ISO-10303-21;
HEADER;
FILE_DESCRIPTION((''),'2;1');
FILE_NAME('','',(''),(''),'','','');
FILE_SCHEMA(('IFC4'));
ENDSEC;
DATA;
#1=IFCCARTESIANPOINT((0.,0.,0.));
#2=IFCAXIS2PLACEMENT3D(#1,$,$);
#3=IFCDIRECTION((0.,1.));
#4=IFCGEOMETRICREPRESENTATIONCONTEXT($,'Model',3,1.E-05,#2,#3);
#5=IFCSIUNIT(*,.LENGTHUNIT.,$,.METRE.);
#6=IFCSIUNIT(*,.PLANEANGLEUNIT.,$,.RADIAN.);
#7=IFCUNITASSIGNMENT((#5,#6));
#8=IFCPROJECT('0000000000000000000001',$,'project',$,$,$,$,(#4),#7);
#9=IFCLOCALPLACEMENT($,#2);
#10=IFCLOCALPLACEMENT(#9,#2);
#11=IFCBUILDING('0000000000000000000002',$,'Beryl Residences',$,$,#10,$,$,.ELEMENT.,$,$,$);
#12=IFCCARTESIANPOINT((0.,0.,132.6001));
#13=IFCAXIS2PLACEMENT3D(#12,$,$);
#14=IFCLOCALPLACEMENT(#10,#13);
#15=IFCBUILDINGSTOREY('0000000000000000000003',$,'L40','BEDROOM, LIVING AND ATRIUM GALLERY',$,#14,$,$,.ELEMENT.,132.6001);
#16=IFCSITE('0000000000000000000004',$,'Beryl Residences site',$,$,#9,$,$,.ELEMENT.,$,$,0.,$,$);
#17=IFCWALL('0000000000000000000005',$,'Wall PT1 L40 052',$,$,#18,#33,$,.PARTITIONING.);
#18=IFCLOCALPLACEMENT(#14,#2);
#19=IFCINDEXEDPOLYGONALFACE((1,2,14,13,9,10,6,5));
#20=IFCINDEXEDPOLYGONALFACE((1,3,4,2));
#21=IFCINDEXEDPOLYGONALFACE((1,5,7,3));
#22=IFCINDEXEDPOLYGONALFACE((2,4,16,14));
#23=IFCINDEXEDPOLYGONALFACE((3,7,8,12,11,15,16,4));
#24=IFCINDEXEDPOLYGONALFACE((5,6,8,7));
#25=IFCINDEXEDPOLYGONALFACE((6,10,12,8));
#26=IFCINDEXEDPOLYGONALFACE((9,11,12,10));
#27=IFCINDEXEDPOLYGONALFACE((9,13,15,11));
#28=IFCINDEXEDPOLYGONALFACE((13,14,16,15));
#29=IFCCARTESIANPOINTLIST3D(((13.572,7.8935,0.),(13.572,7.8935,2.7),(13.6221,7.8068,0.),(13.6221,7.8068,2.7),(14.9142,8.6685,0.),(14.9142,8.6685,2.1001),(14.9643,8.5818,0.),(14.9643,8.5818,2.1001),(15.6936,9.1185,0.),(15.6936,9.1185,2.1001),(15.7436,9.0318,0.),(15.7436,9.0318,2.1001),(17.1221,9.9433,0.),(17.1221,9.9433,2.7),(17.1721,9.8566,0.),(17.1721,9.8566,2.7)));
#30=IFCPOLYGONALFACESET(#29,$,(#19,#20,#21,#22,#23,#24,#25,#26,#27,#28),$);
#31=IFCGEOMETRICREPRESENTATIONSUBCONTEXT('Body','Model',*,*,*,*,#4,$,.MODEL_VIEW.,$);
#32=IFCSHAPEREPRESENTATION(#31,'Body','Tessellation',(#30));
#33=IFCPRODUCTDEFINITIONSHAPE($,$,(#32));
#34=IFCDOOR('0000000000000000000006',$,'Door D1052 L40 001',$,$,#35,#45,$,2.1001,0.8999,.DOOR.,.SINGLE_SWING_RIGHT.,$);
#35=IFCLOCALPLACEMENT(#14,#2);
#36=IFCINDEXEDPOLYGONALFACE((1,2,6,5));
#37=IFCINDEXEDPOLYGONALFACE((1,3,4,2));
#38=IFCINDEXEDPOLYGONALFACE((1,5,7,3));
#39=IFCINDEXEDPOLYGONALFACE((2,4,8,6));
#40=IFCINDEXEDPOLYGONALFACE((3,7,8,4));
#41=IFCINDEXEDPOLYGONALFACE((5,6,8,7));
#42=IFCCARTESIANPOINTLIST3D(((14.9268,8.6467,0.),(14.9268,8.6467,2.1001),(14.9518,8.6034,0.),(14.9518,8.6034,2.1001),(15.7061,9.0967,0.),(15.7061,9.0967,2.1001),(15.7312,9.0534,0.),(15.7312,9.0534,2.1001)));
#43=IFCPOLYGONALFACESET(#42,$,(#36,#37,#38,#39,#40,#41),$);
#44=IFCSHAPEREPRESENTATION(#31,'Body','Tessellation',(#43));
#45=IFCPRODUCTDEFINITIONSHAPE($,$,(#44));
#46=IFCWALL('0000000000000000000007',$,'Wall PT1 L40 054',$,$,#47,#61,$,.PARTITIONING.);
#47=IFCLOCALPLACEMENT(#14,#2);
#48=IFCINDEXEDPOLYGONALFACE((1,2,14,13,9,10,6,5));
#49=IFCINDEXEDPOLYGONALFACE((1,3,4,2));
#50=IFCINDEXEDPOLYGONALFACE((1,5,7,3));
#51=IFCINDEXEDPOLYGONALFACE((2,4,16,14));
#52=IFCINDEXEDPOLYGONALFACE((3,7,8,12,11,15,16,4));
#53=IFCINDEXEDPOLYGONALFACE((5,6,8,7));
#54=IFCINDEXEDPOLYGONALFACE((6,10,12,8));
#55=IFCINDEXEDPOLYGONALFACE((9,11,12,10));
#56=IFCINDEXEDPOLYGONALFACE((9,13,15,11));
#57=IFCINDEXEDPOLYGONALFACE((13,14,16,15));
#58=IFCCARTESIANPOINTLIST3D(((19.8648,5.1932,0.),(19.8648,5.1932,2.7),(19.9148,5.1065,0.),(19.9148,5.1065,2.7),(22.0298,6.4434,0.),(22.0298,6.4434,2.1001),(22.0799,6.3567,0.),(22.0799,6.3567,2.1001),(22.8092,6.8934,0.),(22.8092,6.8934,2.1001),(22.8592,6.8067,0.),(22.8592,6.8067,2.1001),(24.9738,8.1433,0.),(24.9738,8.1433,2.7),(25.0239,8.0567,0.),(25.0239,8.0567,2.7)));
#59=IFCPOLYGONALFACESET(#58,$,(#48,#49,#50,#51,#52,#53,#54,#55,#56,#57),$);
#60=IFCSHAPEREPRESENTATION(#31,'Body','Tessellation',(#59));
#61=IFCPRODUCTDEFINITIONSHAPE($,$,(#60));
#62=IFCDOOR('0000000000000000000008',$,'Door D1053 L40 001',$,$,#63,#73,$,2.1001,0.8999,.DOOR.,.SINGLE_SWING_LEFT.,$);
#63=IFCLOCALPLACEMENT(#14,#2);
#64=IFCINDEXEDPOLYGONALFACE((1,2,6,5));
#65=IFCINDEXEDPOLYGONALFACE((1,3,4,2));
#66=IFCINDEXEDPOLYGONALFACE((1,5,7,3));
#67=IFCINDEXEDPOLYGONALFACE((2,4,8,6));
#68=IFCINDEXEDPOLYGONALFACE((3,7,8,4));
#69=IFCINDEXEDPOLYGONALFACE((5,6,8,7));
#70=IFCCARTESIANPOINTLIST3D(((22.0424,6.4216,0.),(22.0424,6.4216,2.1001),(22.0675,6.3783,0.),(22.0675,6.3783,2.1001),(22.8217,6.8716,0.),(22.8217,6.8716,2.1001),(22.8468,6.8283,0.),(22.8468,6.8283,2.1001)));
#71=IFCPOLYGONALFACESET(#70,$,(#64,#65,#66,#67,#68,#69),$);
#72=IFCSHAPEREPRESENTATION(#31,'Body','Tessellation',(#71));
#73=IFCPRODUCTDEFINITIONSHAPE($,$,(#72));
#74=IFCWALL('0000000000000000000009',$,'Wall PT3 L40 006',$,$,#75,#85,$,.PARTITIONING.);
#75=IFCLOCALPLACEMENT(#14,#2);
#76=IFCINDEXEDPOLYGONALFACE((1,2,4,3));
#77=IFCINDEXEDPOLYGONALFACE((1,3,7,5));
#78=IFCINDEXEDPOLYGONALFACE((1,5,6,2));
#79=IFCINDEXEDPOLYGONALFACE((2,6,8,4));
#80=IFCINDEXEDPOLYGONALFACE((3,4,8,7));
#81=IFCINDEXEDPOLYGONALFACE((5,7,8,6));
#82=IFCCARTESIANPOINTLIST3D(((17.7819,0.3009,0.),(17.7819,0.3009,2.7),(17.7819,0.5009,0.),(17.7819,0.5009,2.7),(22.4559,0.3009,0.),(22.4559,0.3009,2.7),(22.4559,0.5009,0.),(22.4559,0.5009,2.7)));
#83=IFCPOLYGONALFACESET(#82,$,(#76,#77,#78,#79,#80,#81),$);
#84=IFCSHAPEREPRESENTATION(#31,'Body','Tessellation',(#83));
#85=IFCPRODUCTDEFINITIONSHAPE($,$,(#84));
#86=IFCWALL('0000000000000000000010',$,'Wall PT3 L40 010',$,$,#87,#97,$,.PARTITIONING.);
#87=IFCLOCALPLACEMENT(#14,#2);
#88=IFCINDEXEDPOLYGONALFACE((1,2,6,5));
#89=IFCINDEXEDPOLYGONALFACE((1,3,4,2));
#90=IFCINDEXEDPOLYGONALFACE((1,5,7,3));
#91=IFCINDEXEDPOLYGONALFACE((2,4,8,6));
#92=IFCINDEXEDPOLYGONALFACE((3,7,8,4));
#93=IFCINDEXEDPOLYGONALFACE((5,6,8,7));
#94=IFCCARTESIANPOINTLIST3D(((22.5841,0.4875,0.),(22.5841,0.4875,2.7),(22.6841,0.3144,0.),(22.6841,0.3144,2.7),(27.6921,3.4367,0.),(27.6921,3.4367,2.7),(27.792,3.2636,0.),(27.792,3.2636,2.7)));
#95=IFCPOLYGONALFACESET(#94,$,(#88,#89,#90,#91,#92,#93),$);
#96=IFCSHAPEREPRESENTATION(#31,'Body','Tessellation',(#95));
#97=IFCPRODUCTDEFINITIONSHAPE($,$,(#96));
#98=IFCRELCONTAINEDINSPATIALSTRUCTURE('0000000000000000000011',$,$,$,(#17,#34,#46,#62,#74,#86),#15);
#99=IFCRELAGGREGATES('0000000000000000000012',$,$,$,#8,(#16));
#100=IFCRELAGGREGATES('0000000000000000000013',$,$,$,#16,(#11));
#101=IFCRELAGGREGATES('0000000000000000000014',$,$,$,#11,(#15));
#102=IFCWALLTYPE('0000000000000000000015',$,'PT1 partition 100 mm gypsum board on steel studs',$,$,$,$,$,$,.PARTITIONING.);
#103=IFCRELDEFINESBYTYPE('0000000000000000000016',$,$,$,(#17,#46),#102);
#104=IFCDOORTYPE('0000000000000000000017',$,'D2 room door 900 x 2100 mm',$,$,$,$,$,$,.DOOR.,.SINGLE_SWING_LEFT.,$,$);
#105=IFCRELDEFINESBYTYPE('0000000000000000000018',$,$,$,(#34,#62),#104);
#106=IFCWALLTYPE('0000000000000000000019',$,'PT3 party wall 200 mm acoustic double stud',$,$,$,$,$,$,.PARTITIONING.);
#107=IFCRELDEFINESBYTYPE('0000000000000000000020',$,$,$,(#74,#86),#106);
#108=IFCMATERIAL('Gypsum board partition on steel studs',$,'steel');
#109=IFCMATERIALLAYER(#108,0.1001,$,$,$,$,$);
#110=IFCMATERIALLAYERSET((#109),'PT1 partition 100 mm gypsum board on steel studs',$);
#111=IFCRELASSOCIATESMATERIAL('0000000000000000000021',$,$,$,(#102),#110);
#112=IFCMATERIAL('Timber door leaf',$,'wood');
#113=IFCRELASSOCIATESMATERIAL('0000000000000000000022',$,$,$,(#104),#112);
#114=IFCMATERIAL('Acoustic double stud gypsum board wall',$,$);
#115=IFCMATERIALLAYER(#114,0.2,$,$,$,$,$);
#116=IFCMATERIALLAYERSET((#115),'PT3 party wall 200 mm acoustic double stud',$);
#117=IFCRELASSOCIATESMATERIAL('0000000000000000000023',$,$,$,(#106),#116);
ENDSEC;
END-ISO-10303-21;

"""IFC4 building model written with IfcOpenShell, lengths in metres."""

from ifc_helpers import new_model, si_unit, direction, frame, frame_2d, origin, place, context, subcontext, project, spatial, rectangle, extrude, material, layer, layer_set, type_object, element, fill, save


model = new_model("IFC4")

# Units and contexts
model_context = context("Model", 3, precision=1e-05, world=origin(), true_north=direction((0.0, 1.0)))
body_context = subcontext(model_context, "Body", "Model", "MODEL_VIEW")
ifc_project = project(units=[si_unit("LENGTHUNIT", "METRE"), si_unit("PLANEANGLEUNIT", "RADIAN")], contexts=[model_context])

# Site, building, storey
site_placement = place(None, origin())
site = spatial("IfcSite", under=ifc_project, at=site_placement, Name="Beryl Residences site", CompositionType="ELEMENT", RefElevation=0.0)
building_placement = place(site_placement, origin())
building = spatial("IfcBuilding", under=site, at=building_placement, Name="Beryl Residences", CompositionType="ELEMENT")
storey_placement = place(building_placement, frame((0.0, 0.0, 132.6001)))
storey = spatial("IfcBuildingStorey", under=building, at=storey_placement, Name="L40", Description="BEDROOM, LIVING AND ATRIUM GALLERY", CompositionType="ELEMENT", Elevation=132.6001)

# Walls, openings, doors
ifc_material_1 = material(Name="Gypsum board partition on steel studs", Category="steel")
ifc_layer_1 = layer(ifc_material_1, 0.1001)
ifc_layer_set_1 = layer_set([ifc_layer_1], Name="PT1 partition 100 mm gypsum board on steel studs")
wall_type_1 = type_object("IfcWallType", Name="PT1 partition 100 mm gypsum board on steel studs", PredefinedType="PARTITIONING", material=ifc_layer_set_1)
ifc_material_2 = material(Name="Timber door leaf", Category="wood")
door_type_1 = type_object("IfcDoorType", Name="D2 room door 900 x 2100 mm", OperationType="SINGLE_SWING_LEFT", PredefinedType="DOOR", material=ifc_material_2)
wall_1_placement = place(storey_placement, frame((13.5969, 7.8501, 0.0), z_axis=(0.0, 0.0, 1.0), x_axis=(0.866006, 0.500033, 0.0)))
wall_1 = element("IfcWall", 1, at=wall_1_placement, inside=storey, type_object=wall_type_1, Name="Wall PT1 L40 052", PredefinedType="PARTITIONING", context=body_context, shape_type="SweptSolid", body=[
    extrude(rectangle(XDim=4.0994, YDim=0.1001, at=frame_2d((2.0498, 0.0))), origin(), (0.0, 0.0, 1.0), 2.7),
])
opening_1_placement = place(wall_1_placement, frame((1.55, 0.0, 0.0)))
opening_1 = element("IfcOpeningElement", 2, at=opening_1_placement, cuts=wall_1, PredefinedType="OPENING", context=body_context, shape_type="SweptSolid", body=[
    extrude(rectangle(XDim=0.8999, YDim=2.1001, at=frame_2d((0.45, 1.05))), frame((0.0, 0.0601, 0.0), z_axis=(0.0, -1.0, 0.0), x_axis=(1.0, 0.0, 0.0)), (0.0, 0.0, 1.0), 0.1201),
])
door_1_placement = place(opening_1_placement, origin())
door_1 = element("IfcDoor", 3, at=door_1_placement, inside=storey, type_object=door_type_1, Name="Door D1052 L40 001", OperationType="SINGLE_SWING_RIGHT", OverallHeight=2.1001, OverallWidth=0.8999, PredefinedType="DOOR", context=body_context, shape_type="SweptSolid", body=[
    extrude(rectangle(XDim=0.8999, YDim=2.1001, at=frame_2d((0.45, 1.05))), frame((0.0, 0.0249, 0.0), z_axis=(0.0, -1.0, 0.0), x_axis=(1.0, 0.0, 0.0)), (0.0, 0.0, 1.0), 0.05),
])
fill(opening_1, door_1)
wall_2_placement = place(storey_placement, frame((19.8899, 5.1499, 0.0), z_axis=(0.0, 0.0, 1.0), x_axis=(0.865993, 0.500056, 0.0)))
wall_2 = element("IfcWall", 4, at=wall_2_placement, inside=storey, type_object=wall_type_1, Name="Wall PT1 L40 054", PredefinedType="PARTITIONING", context=body_context, shape_type="SweptSolid", body=[
    extrude(rectangle(XDim=5.8997, YDim=0.1001, at=frame_2d((2.9497, 0.0))), origin(), (0.0, 0.0, 1.0), 2.7),
])
opening_2_placement = place(wall_2_placement, frame((2.5, 0.0, 0.0)))
opening_2 = element("IfcOpeningElement", 5, at=opening_2_placement, cuts=wall_2, PredefinedType="OPENING", context=body_context, shape_type="SweptSolid", body=[
    extrude(rectangle(XDim=0.8999, YDim=2.1001, at=frame_2d((0.45, 1.05))), frame((0.0, 0.0601, 0.0), z_axis=(0.0, -1.0, 0.0), x_axis=(1.0, 0.0, 0.0)), (0.0, 0.0, 1.0), 0.1201),
])
door_2_placement = place(opening_2_placement, origin())
door_2 = element("IfcDoor", 6, at=door_2_placement, inside=storey, type_object=door_type_1, Name="Door D1053 L40 001", OperationType="SINGLE_SWING_LEFT", OverallHeight=2.1001, OverallWidth=0.8999, PredefinedType="DOOR", context=body_context, shape_type="SweptSolid", body=[
    extrude(rectangle(XDim=0.8999, YDim=2.1001, at=frame_2d((0.45, 1.05))), frame((0.0, 0.0249, 0.0), z_axis=(0.0, -1.0, 0.0), x_axis=(1.0, 0.0, 0.0)), (0.0, 0.0, 1.0), 0.05),
])
fill(opening_2, door_2)

# Walls
ifc_material_3 = material(Name="Acoustic double stud gypsum board wall")
ifc_layer_2 = layer(ifc_material_3, 0.2)
ifc_layer_set_2 = layer_set([ifc_layer_2], Name="PT3 party wall 200 mm acoustic double stud")
wall_type_2 = type_object("IfcWallType", Name="PT3 party wall 200 mm acoustic double stud", PredefinedType="PARTITIONING", material=ifc_layer_set_2)
wall_3_placement = place(storey_placement, frame((17.782, 0.4009, 0.0), z_axis=(0.0, 0.0, 1.0), x_axis=(1.0, 0.0, 0.0)))
element("IfcWall", 7, at=wall_3_placement, inside=storey, type_object=wall_type_2, Name="Wall PT3 L40 006", PredefinedType="PARTITIONING", context=body_context, shape_type="SweptSolid", body=[
    extrude(rectangle(XDim=4.6741, YDim=0.2, at=frame_2d((2.3369, 0.0))), origin(), (0.0, 0.0, 1.0), 2.7),
])
wall_4_placement = place(storey_placement, frame((22.634, 0.4009, 0.0), z_axis=(0.0, 0.0, 1.0), x_axis=(0.866013, 0.500021, 0.0)))
element("IfcWall", 8, at=wall_4_placement, inside=storey, type_object=wall_type_2, Name="Wall PT3 L40 010", PredefinedType="PARTITIONING", context=body_context, shape_type="SweptSolid", body=[
    extrude(rectangle(XDim=5.8982, YDim=0.2, at=frame_2d((2.9492, 0.0))), origin(), (0.0, 0.0, 1.0), 2.7),
])

save(model, "model.ifc")
